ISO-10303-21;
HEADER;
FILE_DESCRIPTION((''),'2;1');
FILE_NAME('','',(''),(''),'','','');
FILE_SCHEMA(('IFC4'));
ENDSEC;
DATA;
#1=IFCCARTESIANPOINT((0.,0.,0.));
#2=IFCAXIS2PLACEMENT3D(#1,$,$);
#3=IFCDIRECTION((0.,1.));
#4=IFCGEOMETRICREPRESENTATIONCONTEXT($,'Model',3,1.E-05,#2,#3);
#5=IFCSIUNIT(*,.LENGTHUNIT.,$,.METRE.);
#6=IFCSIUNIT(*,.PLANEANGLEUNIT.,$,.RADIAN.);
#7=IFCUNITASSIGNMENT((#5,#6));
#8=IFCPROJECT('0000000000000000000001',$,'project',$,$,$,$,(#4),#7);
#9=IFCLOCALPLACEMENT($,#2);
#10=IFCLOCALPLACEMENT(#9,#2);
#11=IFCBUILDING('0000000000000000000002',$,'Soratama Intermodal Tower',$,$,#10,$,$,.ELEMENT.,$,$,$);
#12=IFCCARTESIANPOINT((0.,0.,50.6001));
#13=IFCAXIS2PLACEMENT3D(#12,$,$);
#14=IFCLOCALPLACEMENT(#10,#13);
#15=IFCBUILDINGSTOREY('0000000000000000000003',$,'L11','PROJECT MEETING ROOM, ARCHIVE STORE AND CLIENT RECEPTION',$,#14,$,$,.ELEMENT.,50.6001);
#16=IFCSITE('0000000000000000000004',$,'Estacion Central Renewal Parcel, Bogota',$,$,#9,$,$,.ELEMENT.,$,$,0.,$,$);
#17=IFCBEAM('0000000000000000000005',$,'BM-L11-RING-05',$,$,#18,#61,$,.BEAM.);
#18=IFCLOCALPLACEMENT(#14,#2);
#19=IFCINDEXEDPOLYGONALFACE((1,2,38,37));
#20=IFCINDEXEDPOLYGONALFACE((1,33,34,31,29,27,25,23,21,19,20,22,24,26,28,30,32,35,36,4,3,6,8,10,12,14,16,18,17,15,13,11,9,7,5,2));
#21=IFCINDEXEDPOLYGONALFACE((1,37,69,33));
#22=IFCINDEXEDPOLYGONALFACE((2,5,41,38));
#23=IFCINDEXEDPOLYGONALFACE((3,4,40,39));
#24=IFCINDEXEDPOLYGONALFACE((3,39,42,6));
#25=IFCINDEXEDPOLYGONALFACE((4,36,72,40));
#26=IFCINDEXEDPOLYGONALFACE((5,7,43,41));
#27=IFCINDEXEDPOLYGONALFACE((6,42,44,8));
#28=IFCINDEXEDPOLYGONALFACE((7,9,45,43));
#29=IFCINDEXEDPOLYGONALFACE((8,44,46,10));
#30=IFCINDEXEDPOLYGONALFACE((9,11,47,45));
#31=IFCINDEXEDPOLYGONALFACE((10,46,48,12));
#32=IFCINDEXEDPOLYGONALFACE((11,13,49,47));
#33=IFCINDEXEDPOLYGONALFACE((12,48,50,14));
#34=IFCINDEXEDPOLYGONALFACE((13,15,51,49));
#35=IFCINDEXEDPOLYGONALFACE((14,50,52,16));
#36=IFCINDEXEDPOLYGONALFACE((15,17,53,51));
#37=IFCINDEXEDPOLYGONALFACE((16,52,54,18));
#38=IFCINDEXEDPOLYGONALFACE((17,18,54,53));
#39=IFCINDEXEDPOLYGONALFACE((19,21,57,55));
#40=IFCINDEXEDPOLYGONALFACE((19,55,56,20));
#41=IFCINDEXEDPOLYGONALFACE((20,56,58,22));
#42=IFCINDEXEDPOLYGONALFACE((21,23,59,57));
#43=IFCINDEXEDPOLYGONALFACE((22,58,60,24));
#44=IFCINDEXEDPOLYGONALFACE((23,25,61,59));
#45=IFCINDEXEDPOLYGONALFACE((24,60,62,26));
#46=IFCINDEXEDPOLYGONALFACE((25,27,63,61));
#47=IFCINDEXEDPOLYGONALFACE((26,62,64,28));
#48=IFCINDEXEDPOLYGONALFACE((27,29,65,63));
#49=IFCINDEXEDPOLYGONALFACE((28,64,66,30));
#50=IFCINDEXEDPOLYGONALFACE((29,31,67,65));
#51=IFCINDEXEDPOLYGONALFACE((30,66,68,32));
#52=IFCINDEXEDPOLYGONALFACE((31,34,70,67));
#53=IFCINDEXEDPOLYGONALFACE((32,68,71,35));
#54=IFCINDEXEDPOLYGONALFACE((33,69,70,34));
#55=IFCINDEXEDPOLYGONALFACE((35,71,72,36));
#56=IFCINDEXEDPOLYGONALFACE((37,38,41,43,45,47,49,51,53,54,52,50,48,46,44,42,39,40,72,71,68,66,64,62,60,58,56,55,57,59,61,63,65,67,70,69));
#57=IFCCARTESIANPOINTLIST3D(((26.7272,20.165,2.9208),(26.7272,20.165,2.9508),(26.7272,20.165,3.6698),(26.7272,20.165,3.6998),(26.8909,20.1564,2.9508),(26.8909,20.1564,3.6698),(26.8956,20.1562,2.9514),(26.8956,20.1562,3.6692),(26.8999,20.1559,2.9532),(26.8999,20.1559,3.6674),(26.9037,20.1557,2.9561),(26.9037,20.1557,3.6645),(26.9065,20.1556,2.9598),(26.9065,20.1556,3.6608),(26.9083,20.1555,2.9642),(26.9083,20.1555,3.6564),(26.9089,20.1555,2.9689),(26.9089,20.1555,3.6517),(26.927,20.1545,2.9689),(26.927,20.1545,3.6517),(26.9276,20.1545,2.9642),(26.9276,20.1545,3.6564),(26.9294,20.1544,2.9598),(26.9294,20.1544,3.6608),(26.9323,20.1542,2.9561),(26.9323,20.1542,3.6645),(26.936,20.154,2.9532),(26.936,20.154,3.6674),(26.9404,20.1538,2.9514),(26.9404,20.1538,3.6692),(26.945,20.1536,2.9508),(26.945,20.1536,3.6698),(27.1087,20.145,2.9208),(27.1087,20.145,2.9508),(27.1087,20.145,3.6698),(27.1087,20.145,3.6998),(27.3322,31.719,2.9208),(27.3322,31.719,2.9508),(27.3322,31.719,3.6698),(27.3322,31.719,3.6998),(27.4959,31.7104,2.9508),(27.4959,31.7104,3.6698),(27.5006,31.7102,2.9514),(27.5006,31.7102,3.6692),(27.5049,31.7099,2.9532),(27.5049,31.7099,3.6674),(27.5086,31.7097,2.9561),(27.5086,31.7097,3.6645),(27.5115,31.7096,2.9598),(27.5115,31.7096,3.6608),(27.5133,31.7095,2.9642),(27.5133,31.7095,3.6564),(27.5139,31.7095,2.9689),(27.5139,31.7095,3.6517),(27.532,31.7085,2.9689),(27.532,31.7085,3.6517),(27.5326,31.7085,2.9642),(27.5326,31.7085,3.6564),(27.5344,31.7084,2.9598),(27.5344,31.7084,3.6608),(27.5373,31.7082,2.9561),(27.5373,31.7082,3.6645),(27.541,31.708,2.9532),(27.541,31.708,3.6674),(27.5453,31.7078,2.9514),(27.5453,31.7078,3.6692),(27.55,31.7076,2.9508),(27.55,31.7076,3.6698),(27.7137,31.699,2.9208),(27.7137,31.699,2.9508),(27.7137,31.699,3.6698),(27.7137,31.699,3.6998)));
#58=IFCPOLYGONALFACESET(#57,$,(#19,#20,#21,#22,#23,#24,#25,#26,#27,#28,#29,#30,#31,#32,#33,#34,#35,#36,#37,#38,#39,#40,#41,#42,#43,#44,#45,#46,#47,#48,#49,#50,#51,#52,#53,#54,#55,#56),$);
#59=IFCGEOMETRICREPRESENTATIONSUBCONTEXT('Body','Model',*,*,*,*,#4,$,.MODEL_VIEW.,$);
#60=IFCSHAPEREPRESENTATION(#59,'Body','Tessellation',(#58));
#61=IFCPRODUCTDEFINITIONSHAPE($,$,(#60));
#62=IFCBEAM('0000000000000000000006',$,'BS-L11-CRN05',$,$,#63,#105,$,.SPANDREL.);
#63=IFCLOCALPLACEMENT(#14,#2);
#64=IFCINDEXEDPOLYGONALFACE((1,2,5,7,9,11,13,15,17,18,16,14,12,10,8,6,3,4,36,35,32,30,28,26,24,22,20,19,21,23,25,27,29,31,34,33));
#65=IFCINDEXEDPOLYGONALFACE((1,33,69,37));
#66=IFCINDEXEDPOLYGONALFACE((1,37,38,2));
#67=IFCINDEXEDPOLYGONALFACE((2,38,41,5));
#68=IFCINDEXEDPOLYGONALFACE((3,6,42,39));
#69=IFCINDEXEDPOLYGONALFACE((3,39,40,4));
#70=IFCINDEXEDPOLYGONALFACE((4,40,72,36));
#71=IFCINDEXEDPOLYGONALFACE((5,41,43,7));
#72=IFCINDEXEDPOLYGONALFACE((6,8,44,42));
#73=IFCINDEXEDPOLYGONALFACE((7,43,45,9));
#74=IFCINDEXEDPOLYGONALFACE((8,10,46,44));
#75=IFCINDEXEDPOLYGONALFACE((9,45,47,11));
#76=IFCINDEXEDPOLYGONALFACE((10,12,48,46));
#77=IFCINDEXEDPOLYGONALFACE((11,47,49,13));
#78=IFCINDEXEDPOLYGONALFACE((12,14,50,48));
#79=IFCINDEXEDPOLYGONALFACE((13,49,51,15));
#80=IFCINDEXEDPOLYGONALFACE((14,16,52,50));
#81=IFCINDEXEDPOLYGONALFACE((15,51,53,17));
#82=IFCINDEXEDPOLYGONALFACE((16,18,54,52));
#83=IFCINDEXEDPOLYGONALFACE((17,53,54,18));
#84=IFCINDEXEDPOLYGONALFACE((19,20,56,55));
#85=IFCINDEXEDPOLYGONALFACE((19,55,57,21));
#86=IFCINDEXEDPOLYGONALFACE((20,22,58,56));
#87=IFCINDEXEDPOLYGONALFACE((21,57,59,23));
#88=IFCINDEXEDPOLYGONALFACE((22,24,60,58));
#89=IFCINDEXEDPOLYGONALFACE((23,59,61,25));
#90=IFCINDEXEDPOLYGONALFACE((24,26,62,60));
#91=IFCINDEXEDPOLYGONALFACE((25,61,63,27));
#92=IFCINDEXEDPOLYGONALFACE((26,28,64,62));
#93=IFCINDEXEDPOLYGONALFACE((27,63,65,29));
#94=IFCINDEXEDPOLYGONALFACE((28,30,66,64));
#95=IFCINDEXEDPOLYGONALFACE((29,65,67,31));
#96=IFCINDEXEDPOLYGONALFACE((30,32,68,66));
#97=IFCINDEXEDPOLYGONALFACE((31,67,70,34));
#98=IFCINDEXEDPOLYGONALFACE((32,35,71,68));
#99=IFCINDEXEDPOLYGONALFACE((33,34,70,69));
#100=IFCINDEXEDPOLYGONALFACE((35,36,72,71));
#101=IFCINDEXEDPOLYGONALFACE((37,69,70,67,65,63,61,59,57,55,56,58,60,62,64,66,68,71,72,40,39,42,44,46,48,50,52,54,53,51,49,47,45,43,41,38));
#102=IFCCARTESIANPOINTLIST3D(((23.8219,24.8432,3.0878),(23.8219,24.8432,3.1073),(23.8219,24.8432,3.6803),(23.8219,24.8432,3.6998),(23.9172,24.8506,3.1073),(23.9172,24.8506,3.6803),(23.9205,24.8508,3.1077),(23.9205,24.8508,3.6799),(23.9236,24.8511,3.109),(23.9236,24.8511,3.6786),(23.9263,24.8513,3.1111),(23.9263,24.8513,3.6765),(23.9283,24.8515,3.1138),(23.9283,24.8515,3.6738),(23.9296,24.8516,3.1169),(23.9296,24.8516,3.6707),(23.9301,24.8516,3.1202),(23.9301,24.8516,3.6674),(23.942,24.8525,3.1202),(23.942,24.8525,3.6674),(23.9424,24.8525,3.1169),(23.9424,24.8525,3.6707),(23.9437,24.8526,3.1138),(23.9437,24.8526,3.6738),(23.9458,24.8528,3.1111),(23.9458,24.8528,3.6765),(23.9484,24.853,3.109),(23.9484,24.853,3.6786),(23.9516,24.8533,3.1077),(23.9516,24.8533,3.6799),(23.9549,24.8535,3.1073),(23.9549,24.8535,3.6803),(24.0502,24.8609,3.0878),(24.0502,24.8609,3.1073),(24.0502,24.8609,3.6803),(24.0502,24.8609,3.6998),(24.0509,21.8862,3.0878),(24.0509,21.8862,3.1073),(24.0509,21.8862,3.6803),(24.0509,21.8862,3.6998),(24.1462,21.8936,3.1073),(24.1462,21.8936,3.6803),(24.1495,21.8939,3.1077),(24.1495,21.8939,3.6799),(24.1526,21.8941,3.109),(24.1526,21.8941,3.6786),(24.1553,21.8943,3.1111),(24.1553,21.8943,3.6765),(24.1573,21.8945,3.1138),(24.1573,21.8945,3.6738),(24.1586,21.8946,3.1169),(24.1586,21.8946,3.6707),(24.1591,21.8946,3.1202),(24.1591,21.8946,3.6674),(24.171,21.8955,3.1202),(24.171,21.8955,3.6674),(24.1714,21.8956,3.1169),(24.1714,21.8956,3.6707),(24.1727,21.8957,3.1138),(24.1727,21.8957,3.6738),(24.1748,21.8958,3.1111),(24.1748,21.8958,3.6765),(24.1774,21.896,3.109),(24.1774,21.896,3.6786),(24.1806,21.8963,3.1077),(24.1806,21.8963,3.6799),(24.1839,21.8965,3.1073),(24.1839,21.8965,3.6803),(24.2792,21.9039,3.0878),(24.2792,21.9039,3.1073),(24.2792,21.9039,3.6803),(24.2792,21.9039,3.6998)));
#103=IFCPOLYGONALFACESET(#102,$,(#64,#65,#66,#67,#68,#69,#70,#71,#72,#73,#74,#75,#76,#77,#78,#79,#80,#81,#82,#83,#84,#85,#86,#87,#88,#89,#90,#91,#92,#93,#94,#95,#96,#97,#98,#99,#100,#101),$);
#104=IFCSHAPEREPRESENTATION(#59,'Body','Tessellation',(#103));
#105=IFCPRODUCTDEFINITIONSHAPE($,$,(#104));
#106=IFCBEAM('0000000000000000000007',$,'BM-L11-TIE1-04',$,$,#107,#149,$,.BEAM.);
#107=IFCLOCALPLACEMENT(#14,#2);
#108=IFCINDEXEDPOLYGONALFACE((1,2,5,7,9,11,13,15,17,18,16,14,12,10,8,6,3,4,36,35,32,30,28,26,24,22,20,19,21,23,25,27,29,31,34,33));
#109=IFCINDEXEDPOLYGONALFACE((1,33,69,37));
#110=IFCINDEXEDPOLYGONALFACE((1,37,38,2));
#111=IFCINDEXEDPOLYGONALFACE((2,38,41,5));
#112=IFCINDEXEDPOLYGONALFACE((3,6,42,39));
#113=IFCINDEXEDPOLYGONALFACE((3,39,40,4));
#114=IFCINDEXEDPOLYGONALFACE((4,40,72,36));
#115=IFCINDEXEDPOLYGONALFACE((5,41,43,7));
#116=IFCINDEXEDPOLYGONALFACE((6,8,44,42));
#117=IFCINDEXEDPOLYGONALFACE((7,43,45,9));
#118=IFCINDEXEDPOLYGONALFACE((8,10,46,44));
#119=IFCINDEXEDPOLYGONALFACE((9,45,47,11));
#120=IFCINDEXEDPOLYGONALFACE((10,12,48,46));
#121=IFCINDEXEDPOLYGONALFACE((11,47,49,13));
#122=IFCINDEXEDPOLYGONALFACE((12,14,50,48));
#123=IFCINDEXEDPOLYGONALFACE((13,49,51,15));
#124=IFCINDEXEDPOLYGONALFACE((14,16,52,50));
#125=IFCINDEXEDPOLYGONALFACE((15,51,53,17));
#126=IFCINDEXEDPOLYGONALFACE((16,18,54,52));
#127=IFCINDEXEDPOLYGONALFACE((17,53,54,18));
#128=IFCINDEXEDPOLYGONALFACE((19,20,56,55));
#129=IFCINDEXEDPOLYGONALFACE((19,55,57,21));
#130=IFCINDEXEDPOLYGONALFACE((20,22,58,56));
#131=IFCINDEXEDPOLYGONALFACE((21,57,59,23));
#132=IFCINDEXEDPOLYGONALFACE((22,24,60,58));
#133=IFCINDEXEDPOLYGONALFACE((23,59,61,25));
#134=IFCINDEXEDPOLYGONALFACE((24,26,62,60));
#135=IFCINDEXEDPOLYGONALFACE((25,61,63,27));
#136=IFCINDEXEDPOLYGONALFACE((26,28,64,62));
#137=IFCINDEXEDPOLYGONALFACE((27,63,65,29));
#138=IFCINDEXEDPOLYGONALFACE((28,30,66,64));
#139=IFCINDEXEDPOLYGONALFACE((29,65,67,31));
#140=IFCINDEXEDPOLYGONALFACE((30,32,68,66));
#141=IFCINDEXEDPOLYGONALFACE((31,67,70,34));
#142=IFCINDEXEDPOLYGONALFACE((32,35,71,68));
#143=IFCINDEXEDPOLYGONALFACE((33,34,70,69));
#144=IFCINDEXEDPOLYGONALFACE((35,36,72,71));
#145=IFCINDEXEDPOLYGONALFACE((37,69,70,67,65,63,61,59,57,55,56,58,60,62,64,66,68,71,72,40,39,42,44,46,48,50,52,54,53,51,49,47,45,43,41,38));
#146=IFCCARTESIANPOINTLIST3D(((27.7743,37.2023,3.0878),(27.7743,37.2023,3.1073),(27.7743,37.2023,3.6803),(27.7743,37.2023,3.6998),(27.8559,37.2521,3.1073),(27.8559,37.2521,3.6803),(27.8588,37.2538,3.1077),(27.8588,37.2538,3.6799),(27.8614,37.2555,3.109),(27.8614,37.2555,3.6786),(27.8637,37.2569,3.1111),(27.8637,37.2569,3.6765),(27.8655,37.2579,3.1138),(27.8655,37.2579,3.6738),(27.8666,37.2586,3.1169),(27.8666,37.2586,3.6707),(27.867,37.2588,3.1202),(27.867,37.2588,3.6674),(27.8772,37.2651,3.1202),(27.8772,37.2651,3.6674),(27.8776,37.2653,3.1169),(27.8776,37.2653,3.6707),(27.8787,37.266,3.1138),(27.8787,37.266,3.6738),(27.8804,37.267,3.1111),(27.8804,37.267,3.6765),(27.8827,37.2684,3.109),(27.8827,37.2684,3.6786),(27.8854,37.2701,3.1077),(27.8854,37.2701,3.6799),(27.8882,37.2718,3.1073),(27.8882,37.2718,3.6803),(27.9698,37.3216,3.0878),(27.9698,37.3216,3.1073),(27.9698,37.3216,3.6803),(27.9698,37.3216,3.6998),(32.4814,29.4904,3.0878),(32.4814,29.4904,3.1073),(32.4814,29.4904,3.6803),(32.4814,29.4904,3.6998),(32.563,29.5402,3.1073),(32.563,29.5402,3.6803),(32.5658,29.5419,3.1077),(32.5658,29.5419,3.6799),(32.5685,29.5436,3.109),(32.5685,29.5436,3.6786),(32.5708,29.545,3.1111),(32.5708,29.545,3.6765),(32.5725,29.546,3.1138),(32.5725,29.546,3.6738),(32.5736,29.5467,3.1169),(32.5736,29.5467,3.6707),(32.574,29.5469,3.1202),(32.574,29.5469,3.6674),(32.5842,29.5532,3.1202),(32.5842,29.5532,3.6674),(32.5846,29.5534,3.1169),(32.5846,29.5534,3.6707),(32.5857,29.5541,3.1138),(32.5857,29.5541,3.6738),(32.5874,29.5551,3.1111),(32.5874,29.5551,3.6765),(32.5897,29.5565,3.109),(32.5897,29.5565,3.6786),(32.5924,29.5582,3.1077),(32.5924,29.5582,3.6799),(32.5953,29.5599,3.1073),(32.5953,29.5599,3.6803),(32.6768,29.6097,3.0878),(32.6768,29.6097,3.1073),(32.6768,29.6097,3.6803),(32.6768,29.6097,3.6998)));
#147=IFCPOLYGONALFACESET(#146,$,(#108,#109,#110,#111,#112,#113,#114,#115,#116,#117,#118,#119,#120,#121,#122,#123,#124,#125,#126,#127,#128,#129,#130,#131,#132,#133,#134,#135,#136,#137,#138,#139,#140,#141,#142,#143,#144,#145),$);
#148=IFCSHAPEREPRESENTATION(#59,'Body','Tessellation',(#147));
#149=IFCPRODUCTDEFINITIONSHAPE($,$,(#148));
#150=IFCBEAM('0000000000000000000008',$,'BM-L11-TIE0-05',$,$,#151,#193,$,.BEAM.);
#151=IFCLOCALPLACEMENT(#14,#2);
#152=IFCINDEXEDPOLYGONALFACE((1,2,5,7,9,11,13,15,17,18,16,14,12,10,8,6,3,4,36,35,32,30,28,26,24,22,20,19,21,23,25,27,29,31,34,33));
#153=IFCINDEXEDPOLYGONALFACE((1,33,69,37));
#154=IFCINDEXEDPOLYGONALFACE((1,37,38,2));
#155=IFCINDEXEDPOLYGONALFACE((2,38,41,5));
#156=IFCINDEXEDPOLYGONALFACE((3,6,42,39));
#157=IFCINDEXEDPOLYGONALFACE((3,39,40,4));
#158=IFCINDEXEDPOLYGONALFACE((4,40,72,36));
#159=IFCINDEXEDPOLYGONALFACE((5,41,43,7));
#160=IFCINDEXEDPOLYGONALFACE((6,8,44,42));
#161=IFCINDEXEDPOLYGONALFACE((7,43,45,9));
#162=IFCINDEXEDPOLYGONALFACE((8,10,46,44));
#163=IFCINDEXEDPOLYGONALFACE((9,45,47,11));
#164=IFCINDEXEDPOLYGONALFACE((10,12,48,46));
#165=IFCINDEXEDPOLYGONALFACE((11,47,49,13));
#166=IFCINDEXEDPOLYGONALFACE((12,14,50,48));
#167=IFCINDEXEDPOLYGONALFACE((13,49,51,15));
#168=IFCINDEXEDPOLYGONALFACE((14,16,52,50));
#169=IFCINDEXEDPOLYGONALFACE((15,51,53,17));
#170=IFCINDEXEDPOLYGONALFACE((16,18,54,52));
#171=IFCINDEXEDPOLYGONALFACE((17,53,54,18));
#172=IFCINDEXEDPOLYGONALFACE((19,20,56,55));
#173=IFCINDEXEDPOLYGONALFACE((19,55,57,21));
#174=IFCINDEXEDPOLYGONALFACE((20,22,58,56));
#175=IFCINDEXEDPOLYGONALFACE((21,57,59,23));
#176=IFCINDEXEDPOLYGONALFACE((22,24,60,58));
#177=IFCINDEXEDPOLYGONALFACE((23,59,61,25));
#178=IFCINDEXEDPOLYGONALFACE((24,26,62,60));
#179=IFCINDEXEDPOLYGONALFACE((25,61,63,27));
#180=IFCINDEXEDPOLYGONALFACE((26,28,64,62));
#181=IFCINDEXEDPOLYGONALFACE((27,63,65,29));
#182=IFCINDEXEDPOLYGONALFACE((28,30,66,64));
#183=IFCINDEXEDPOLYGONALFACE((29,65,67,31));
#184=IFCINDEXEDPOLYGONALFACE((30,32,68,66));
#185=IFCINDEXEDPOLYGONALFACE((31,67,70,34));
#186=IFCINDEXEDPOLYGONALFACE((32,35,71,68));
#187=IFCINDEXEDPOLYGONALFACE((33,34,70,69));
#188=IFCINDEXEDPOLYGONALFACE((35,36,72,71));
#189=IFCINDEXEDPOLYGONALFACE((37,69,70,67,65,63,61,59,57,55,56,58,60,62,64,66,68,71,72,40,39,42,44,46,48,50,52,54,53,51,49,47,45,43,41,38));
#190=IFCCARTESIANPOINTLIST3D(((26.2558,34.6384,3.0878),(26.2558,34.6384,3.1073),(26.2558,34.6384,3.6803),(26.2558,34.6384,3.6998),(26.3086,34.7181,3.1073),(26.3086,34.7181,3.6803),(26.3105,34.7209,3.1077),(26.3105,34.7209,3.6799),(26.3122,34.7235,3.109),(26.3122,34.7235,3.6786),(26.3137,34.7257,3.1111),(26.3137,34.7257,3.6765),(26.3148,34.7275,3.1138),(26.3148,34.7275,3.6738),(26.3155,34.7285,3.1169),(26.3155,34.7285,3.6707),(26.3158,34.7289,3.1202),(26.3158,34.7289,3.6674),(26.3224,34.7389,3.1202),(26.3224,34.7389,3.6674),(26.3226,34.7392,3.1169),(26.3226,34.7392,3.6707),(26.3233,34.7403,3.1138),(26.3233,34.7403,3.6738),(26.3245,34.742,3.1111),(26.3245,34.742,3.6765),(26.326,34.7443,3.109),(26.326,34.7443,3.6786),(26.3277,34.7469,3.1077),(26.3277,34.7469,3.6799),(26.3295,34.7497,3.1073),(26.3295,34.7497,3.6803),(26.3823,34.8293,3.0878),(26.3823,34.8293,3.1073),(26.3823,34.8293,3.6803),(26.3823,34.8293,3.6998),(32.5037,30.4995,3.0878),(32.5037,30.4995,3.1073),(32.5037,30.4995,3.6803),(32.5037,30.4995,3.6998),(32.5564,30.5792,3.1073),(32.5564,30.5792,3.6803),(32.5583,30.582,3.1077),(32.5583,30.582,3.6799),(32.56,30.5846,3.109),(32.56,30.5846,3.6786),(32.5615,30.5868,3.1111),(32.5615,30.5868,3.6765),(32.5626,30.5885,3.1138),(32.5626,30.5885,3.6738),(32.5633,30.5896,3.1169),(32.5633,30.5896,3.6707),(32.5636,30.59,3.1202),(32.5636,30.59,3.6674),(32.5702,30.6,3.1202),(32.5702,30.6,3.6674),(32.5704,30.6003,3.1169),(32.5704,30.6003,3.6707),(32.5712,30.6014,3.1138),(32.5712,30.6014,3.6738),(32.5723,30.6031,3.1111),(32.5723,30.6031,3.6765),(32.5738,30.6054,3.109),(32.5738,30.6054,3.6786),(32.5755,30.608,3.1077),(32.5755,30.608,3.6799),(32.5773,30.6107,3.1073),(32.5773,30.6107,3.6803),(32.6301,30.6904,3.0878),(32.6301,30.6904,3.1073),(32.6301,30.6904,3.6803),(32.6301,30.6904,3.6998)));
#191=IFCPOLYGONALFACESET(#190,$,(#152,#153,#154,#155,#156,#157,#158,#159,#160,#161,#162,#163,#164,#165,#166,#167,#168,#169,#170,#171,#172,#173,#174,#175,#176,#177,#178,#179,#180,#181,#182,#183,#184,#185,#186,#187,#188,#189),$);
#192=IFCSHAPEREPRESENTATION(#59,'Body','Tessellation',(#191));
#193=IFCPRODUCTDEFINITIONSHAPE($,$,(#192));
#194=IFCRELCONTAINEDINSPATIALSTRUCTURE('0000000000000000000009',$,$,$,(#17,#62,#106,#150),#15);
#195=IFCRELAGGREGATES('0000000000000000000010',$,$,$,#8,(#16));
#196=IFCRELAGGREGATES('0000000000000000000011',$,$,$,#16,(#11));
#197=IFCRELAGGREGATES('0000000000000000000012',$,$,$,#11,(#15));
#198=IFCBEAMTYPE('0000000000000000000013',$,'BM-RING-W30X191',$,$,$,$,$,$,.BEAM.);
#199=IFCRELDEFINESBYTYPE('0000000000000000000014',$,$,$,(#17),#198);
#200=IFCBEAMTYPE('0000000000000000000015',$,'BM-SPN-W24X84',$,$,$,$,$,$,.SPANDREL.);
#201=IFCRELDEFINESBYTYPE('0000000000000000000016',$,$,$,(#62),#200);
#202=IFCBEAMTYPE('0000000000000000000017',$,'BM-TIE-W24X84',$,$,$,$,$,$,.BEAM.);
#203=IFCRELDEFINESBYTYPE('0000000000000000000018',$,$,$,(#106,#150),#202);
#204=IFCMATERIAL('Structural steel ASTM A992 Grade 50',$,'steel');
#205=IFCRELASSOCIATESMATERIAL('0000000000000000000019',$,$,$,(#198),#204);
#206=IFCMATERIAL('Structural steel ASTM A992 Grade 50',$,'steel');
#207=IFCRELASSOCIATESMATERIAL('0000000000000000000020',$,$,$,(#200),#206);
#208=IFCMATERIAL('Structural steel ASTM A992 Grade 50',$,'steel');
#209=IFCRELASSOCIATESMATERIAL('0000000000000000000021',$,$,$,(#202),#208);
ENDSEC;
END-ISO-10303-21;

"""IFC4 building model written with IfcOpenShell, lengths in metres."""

from ifc_helpers import new_model, si_unit, direction, frame, origin, origin_2d, place, context, subcontext, project, spatial, i_section, extrude, material, material_profile, profile_set, type_object, element, save


model = new_model("IFC4")

# Units and contexts
model_context = context("Model", 3, precision=1e-05, world=origin(), true_north=direction((0.0, 1.0)))
body_context = subcontext(model_context, "Body", "Model", "MODEL_VIEW")
ifc_project = project(units=[si_unit("LENGTHUNIT", "METRE"), si_unit("PLANEANGLEUNIT", "RADIAN")], contexts=[model_context])

# Site, building, storey
site_placement = place(None, origin())
site = spatial("IfcSite", under=ifc_project, at=site_placement, Name="Estacion Central Renewal Parcel, Bogota", CompositionType="ELEMENT", RefElevation=0.0)
building_placement = place(site_placement, origin())
building = spatial("IfcBuilding", under=site, at=building_placement, Name="Soratama Intermodal Tower", CompositionType="ELEMENT")
storey_placement = place(building_placement, frame((0.0, 0.0, 50.6001)))
storey = spatial("IfcBuildingStorey", under=building, at=storey_placement, Name="L11", Description="PROJECT MEETING ROOM, ARCHIVE STORE AND CLIENT RECEPTION", CompositionType="ELEMENT", Elevation=50.6001)

# Beams
ifc_material_1 = material(Name="Structural steel ASTM A992 Grade 50", Category="steel")
ifc_material_profile_1 = material_profile(ifc_material_1, i_section(OverallWidth=0.3821, OverallDepth=0.7791, WebThickness=0.0181, FlangeThickness=0.03, FilletRadius=0.0181, at=origin_2d()), Name="W30X191")
ifc_profile_set_1 = profile_set([ifc_material_profile_1], Name="Structural steel ASTM A992 Grade 50")
beam_type_1 = type_object("IfcBeamType", Name="BM-RING-W30X191", PredefinedType="BEAM", material=ifc_profile_set_1)
beam_1_placement = place(storey_placement, frame((27.5229, 31.709, 3.3103), z_axis=(-0.05229, -0.998632, 0.0), x_axis=(0.998632, -0.05229, 0.0)))
element("IfcBeam", 1, at=beam_1_placement, inside=storey, type_object=beam_type_1, Name="BM-L11-RING-05", PredefinedType="BEAM", context=body_context, shape_type="SweptSolid", body=[
    extrude(i_section(OverallWidth=0.3821, OverallDepth=0.7791, WebThickness=0.0181, FlangeThickness=0.03, FilletRadius=0.0181, at=origin_2d()), origin(), (0.0, 0.0, 1.0), 11.5698),
])
ifc_material_2 = material(Name="Structural steel ASTM A992 Grade 50", Category="steel")
ifc_material_profile_2 = material_profile(ifc_material_2, i_section(OverallWidth=0.229, OverallDepth=0.6121, WebThickness=0.012, FlangeThickness=0.0195, FilletRadius=0.0129, at=origin_2d()), Name="W24X84")
ifc_profile_set_2 = profile_set([ifc_material_profile_2], Name="Structural steel ASTM A992 Grade 50")
beam_type_2 = type_object("IfcBeamType", Name="BM-SPN-W24X84", PredefinedType="SPANDREL", material=ifc_profile_set_2)
beam_2_placement = place(storey_placement, frame((23.936, 24.8521, 3.3938), z_axis=(0.077213, -0.997015, 0.0), x_axis=(0.997015, 0.077213, 0.0)))
element("IfcBeam", 2, at=beam_2_placement, inside=storey, type_object=beam_type_2, Name="BS-L11-CRN05", PredefinedType="SPANDREL", context=body_context, shape_type="SweptSolid", body=[
    extrude(i_section(OverallWidth=0.229, OverallDepth=0.6121, WebThickness=0.012, FlangeThickness=0.0195, FilletRadius=0.0129, at=origin_2d()), origin(), (0.0, 0.0, 1.0), 2.9658),
])
ifc_material_3 = material(Name="Structural steel ASTM A992 Grade 50", Category="steel")
ifc_material_profile_3 = material_profile(ifc_material_3, i_section(OverallWidth=0.229, OverallDepth=0.6121, WebThickness=0.012, FlangeThickness=0.0195, FilletRadius=0.0129, at=origin_2d()), Name="W24X84")
ifc_profile_set_3 = profile_set([ifc_material_profile_3], Name="Structural steel ASTM A992 Grade 50")
beam_type_3 = type_object("IfcBeamType", Name="BM-TIE-W24X84", PredefinedType="BEAM", material=ifc_profile_set_3)
beam_3_placement = place(storey_placement, frame((32.5791, 29.55, 3.3938), z_axis=(-0.520982, 0.853568, 0.0), x_axis=(-0.853568, -0.520982, 0.0)))
element("IfcBeam", 3, at=beam_3_placement, inside=storey, type_object=beam_type_3, Name="BM-L11-TIE1-04", PredefinedType="BEAM", context=body_context, shape_type="SweptSolid", body=[
    extrude(i_section(OverallWidth=0.229, OverallDepth=0.6121, WebThickness=0.012, FlangeThickness=0.0195, FilletRadius=0.0129, at=origin_2d()), origin(), (0.0, 0.0, 1.0), 9.0349),
])
beam_4_placement = place(storey_placement, frame((32.5669, 30.595, 3.3938), z_axis=(-0.833666, 0.55227, 0.0), x_axis=(-0.55227, -0.833666, 0.0)))
element("IfcBeam", 4, at=beam_4_placement, inside=storey, type_object=beam_type_3, Name="BM-L11-TIE0-05", PredefinedType="BEAM", context=body_context, shape_type="SweptSolid", body=[
    extrude(i_section(OverallWidth=0.229, OverallDepth=0.6121, WebThickness=0.012, FlangeThickness=0.0195, FilletRadius=0.0129, at=origin_2d()), origin(), (0.0, 0.0, 1.0), 7.4944),
])

save(model, "model.ifc")
